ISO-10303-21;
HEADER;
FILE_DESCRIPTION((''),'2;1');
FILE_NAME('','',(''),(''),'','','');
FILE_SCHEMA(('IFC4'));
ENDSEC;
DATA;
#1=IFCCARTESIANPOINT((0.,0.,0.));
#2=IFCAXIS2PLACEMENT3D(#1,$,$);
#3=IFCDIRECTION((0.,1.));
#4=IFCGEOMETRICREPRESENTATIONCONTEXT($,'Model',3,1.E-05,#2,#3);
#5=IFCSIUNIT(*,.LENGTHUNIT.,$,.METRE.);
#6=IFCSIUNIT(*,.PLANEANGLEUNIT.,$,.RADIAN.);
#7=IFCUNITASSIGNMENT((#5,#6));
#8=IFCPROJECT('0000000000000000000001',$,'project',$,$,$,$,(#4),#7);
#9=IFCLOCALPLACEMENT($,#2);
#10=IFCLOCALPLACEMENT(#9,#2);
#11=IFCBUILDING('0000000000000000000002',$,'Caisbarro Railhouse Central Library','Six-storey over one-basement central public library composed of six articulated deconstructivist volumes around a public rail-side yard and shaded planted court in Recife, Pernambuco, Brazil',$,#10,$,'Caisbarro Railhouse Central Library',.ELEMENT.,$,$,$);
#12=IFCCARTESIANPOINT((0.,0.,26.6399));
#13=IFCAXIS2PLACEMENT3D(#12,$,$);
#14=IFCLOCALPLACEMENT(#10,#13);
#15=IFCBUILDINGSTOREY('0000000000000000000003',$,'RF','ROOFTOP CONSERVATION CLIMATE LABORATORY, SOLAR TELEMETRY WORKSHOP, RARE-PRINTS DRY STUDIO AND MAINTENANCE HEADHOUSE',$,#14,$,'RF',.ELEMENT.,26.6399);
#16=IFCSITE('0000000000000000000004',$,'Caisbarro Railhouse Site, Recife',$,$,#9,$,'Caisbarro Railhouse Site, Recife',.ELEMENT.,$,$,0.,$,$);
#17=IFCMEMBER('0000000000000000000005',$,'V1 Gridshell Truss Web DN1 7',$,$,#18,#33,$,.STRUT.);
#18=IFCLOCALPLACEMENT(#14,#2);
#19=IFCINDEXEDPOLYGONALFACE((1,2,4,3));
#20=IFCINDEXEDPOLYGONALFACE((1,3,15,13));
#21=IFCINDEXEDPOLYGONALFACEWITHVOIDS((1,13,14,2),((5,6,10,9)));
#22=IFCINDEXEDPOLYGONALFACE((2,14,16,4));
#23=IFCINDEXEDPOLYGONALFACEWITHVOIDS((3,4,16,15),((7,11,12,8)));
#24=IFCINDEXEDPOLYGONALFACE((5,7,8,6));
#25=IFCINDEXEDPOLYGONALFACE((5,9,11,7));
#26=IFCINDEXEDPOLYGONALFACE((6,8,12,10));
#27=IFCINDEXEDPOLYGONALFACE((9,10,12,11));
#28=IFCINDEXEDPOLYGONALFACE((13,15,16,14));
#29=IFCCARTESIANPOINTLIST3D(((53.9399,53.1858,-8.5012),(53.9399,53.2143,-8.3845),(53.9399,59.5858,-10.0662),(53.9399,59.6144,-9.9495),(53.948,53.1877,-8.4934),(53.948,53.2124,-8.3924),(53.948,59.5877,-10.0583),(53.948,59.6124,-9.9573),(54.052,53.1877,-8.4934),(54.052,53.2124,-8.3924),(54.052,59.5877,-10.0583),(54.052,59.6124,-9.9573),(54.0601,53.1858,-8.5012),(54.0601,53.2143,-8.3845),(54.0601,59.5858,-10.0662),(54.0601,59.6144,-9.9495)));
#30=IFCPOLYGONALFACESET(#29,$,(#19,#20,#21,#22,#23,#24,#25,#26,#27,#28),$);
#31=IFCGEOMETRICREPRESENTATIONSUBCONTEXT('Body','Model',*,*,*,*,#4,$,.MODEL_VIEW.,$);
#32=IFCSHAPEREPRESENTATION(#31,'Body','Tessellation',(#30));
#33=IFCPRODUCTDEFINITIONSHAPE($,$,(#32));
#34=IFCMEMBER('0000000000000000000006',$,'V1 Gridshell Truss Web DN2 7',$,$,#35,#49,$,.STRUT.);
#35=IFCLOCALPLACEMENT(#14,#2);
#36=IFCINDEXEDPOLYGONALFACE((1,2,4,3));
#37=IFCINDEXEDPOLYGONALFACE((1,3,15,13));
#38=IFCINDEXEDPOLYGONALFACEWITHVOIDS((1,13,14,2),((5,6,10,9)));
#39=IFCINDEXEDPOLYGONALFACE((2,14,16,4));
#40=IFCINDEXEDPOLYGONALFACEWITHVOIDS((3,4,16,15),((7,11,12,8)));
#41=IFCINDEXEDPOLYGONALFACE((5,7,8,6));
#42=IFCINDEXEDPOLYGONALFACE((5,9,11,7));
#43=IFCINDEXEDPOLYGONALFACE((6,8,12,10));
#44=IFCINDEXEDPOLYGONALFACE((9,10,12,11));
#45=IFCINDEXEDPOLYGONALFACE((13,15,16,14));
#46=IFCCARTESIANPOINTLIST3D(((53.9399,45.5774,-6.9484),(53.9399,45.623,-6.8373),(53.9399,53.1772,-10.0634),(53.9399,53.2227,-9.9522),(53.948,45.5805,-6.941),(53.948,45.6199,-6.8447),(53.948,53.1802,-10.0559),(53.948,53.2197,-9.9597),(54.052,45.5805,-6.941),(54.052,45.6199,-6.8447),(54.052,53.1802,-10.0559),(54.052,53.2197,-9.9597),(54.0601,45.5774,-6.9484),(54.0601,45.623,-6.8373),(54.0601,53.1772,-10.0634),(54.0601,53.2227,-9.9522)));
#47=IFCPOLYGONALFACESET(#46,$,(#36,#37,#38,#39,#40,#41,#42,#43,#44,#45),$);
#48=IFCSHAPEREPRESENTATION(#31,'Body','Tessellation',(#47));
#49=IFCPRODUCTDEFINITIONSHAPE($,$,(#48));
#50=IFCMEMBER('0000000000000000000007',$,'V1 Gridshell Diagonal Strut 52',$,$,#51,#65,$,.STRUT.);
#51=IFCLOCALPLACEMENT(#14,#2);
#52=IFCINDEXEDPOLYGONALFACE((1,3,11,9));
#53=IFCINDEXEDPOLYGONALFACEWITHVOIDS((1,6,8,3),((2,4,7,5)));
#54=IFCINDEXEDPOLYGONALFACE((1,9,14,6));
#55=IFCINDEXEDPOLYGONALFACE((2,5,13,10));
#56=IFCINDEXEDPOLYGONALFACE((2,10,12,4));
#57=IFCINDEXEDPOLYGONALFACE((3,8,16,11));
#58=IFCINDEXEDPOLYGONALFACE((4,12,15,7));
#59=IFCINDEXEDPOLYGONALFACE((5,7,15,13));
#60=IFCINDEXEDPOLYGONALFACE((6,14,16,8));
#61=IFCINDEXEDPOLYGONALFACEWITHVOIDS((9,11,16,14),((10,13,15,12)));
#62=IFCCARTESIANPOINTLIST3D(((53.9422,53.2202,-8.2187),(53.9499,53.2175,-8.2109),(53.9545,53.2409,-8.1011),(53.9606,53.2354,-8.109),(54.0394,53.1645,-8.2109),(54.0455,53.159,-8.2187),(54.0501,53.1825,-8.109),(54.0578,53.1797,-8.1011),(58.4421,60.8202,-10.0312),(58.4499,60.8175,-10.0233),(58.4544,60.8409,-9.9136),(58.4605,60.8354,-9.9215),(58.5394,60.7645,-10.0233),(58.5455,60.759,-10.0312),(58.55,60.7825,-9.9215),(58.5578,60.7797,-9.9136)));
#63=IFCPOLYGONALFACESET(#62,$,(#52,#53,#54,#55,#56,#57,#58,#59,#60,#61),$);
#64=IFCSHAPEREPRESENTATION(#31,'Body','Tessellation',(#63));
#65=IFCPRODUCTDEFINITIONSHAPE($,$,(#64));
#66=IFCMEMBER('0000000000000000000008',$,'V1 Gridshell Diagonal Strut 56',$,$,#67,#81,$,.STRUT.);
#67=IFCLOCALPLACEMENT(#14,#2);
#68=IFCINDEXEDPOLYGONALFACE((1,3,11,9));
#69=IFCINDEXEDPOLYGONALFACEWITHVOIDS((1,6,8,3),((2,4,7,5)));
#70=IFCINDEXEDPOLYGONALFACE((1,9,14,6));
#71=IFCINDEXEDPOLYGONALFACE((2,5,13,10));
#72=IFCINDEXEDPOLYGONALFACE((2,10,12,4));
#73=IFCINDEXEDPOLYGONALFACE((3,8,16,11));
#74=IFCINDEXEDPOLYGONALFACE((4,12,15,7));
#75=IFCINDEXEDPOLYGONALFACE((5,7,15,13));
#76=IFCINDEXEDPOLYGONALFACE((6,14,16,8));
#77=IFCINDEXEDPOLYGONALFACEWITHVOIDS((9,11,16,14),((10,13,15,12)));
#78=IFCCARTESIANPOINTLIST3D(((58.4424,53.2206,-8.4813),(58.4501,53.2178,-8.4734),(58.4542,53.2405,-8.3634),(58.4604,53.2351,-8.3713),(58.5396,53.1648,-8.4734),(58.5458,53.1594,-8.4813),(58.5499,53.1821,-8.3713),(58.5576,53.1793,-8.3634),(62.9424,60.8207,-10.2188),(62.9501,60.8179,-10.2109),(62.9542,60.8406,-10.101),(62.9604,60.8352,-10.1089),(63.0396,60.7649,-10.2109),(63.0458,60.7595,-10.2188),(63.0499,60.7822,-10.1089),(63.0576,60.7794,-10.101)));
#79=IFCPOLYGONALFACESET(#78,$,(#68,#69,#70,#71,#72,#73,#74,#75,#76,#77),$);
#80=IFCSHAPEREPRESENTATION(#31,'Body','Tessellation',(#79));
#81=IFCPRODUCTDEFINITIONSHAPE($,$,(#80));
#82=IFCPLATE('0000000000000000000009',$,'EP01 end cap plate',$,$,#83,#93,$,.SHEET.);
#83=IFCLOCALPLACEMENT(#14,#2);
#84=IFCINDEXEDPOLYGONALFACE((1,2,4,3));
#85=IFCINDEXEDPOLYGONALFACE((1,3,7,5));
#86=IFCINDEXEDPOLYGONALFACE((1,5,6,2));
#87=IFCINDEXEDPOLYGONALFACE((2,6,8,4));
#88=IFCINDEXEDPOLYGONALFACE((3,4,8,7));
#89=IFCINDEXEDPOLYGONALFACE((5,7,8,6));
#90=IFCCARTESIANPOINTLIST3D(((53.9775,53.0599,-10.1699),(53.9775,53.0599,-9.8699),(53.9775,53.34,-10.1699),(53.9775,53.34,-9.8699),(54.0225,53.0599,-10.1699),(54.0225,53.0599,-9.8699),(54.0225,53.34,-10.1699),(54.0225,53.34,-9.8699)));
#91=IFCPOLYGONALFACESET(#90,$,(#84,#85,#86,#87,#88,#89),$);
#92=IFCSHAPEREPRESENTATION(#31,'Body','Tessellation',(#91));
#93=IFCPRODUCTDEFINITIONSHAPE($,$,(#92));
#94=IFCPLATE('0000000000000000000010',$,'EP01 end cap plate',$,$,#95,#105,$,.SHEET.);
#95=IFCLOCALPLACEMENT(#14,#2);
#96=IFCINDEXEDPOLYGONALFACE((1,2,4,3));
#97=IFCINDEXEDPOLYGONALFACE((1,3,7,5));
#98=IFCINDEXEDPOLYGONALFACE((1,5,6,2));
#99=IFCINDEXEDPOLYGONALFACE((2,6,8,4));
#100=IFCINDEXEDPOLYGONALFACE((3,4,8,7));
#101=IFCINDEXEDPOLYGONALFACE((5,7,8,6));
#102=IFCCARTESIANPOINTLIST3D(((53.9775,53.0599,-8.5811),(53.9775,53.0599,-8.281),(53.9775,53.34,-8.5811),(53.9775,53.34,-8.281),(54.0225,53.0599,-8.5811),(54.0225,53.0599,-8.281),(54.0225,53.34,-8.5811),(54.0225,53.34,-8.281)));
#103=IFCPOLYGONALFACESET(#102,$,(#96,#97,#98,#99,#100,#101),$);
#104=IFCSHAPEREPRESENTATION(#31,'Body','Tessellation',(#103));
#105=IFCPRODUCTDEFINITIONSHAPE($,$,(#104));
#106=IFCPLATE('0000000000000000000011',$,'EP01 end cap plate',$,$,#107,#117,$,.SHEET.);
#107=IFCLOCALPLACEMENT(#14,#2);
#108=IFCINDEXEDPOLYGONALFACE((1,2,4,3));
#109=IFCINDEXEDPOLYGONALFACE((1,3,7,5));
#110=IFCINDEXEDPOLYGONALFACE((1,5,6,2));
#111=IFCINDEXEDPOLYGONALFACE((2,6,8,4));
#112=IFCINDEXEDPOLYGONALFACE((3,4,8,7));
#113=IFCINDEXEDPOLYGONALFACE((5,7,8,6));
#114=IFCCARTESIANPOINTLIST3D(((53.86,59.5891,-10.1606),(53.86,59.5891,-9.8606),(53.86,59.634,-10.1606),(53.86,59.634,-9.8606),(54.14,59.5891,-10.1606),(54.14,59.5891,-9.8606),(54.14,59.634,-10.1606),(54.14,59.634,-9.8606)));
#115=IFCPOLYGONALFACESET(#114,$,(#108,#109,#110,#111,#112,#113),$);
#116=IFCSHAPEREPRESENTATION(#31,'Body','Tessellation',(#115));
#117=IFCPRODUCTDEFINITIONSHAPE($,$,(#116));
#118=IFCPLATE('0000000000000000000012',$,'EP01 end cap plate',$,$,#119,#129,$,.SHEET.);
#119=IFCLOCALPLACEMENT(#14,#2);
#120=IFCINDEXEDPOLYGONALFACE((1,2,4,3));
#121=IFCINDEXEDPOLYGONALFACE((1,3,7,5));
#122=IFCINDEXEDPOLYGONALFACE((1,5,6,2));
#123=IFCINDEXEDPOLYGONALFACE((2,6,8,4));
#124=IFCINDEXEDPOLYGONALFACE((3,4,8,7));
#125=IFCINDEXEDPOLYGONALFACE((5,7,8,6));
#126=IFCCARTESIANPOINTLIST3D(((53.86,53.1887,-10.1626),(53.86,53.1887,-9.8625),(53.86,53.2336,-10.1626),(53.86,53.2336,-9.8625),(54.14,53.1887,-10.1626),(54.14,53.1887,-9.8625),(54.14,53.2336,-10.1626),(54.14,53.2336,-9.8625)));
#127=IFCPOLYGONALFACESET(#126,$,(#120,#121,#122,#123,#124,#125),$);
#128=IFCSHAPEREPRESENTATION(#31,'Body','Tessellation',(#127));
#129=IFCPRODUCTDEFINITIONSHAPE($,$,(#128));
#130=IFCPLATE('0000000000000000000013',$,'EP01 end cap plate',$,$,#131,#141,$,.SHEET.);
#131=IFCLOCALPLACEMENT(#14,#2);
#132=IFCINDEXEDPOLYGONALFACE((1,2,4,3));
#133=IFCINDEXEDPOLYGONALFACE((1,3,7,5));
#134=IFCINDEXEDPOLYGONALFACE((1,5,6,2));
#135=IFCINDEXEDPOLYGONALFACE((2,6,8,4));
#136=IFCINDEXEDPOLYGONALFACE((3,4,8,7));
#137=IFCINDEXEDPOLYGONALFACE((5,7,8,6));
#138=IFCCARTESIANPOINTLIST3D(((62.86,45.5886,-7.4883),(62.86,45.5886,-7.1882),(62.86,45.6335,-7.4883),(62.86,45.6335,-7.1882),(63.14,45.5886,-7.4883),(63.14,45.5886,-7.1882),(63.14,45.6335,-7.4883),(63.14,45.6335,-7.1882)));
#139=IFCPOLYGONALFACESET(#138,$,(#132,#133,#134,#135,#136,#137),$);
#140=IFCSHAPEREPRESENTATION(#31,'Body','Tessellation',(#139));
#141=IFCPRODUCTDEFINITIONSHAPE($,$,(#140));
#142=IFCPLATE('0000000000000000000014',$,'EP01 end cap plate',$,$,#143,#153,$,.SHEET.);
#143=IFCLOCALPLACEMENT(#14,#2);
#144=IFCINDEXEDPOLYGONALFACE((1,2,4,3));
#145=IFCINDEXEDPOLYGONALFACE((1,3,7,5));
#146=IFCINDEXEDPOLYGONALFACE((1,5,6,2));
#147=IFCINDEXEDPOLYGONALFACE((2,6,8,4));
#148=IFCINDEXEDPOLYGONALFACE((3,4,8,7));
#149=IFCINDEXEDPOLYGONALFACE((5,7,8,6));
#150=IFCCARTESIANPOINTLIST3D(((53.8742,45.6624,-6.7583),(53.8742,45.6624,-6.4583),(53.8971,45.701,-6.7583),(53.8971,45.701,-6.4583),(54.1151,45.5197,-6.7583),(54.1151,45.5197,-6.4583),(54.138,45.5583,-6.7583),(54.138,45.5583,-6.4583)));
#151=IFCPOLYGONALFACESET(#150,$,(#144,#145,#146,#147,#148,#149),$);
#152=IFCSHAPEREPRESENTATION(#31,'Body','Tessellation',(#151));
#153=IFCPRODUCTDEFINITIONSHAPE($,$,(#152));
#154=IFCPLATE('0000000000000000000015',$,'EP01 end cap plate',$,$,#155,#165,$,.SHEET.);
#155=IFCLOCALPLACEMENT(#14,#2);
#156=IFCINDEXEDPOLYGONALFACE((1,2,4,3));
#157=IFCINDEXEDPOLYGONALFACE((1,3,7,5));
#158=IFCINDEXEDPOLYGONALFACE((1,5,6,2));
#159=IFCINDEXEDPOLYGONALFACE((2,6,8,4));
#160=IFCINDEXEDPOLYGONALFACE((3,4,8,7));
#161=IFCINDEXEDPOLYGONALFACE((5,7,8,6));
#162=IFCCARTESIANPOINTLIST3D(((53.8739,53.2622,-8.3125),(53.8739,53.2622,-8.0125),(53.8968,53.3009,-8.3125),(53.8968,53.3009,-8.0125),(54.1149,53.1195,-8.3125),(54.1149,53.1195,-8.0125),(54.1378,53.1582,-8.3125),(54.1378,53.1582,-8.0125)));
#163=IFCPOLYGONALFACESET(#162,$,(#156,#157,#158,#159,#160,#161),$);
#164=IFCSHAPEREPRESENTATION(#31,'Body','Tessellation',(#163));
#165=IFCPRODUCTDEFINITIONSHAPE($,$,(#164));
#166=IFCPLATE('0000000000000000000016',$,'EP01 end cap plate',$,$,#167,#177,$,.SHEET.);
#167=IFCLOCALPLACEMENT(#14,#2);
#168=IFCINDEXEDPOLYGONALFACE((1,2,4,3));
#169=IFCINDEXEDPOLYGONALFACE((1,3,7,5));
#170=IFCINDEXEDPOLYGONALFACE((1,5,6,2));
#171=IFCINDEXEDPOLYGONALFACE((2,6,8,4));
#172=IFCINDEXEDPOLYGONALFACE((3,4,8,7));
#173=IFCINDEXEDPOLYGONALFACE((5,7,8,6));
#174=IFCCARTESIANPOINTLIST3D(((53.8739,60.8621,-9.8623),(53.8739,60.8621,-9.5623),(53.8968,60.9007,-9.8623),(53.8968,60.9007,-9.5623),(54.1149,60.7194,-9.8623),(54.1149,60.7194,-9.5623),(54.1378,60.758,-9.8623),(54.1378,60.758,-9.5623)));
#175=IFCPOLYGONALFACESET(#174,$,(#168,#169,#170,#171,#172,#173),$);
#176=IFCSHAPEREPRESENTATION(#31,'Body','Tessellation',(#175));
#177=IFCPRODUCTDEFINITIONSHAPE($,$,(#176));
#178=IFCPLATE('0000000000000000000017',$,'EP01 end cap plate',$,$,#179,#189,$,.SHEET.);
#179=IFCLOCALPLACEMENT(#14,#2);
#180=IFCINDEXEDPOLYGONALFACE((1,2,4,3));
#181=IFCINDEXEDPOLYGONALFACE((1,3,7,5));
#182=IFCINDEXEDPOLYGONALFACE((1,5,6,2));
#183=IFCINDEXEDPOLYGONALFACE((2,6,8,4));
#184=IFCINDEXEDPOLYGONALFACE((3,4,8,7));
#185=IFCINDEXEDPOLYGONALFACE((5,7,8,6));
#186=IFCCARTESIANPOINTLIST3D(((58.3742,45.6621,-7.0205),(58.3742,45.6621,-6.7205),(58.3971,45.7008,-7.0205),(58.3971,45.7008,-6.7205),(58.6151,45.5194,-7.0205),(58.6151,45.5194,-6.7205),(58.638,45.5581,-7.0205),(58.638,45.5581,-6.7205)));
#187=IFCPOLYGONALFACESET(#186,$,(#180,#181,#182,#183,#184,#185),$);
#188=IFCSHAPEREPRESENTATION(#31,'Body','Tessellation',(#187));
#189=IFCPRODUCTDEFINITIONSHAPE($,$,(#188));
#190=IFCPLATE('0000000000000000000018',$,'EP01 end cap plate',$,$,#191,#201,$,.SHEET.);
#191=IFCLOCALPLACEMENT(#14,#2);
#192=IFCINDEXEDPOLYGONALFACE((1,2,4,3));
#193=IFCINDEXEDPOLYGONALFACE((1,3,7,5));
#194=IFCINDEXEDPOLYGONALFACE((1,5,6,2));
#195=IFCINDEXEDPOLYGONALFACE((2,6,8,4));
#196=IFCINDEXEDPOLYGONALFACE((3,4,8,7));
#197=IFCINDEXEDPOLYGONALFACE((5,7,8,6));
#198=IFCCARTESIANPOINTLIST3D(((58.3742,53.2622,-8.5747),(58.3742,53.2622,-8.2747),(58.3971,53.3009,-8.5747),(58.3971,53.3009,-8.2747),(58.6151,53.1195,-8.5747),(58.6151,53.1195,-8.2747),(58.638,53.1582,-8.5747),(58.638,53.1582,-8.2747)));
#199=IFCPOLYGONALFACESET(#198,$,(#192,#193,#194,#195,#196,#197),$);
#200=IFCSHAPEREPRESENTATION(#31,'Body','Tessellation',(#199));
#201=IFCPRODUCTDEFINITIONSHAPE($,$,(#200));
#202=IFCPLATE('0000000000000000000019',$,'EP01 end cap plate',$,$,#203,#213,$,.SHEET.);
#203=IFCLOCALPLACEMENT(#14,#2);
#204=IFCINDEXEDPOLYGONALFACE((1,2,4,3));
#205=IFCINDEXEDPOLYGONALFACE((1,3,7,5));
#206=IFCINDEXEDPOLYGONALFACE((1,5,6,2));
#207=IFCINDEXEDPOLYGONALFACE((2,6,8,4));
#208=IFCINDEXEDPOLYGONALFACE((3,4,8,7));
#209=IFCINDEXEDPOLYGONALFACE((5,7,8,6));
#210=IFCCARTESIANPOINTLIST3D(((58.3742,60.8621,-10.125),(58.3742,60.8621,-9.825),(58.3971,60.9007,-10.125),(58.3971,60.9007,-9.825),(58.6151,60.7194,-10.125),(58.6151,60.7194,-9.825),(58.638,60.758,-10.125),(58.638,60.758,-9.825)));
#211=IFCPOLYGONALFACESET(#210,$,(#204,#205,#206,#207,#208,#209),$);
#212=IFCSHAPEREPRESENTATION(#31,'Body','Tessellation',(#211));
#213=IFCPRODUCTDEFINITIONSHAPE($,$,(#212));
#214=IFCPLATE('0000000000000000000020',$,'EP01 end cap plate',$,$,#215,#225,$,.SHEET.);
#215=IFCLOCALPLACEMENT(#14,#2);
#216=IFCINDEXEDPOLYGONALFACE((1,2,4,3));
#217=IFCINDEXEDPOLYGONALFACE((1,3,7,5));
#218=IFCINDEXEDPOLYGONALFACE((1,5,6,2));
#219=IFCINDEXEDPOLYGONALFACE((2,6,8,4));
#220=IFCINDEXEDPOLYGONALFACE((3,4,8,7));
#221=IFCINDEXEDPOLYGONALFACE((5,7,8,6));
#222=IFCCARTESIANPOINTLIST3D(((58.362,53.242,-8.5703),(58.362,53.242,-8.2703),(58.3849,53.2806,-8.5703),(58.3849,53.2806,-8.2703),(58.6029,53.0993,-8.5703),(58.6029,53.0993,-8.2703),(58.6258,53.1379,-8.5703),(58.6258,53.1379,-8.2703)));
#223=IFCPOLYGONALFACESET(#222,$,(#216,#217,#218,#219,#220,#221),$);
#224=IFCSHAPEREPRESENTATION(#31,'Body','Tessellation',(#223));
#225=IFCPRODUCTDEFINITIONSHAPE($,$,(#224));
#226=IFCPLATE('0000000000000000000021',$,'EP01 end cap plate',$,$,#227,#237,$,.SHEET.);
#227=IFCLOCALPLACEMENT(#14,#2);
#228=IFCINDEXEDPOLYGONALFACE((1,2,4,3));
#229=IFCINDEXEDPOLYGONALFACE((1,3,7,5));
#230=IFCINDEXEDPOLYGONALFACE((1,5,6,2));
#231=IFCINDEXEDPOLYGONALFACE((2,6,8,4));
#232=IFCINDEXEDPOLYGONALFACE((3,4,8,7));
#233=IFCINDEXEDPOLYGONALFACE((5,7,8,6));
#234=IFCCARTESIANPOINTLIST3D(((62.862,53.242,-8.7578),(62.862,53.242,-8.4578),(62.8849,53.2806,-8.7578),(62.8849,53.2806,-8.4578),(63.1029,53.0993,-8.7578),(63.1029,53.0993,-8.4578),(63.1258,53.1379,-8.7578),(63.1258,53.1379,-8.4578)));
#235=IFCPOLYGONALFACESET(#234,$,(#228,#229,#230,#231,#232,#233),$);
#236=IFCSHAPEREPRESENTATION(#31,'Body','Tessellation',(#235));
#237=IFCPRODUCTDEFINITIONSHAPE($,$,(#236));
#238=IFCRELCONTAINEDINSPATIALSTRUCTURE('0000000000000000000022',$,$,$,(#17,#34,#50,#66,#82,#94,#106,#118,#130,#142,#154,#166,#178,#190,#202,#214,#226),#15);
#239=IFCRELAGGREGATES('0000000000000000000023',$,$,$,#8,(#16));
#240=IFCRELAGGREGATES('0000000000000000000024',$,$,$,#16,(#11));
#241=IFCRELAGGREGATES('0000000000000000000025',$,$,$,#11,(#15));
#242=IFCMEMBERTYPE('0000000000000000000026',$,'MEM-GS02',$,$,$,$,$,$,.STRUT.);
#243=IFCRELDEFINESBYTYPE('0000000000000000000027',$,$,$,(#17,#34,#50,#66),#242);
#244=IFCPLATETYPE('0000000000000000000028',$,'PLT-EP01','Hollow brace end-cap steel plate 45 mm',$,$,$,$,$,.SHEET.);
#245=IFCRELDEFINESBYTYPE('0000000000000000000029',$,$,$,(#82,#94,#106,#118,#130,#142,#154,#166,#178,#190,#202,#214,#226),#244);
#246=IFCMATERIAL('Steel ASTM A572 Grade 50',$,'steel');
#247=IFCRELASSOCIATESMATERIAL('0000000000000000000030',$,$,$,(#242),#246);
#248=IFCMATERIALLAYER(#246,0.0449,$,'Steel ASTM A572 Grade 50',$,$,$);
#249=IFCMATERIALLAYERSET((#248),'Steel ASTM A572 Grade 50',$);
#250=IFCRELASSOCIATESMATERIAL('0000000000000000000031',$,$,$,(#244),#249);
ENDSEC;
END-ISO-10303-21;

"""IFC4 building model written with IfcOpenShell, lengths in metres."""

from ifc_helpers import new_model, si_unit, direction, frame, origin, origin_2d, place, context, subcontext, project, spatial, rectangle, hollow_rectangle, extrude, material, layer, layer_set, material_profile, profile_set, type_object, element, save


model = new_model("IFC4")

# Units and contexts
model_context = context("Model", 3, precision=1e-05, world=origin(), true_north=direction((0.0, 1.0)))
body_context = subcontext(model_context, "Body", "Model", "MODEL_VIEW")
ifc_project = project(units=[si_unit("LENGTHUNIT", "METRE"), si_unit("PLANEANGLEUNIT", "RADIAN")], contexts=[model_context])

# Site, building, storey
site_placement = place(None, origin())
site = spatial("IfcSite", under=ifc_project, at=site_placement, Name="Caisbarro Railhouse Site, Recife", LongName="Caisbarro Railhouse Site, Recife", CompositionType="ELEMENT", RefElevation=0.0)
building_placement = place(site_placement, origin())
building = spatial("IfcBuilding", under=site, at=building_placement, Name="Caisbarro Railhouse Central Library", Description="Six-storey over one-basement central public library composed of six articulated deconstructivist volumes around a public rail-side yard and shaded planted court in Recife, Pernambuco, Brazil", LongName="Caisbarro Railhouse Central Library", CompositionType="ELEMENT")
storey_placement = place(building_placement, frame((0.0, 0.0, 26.6399)))
storey = spatial("IfcBuildingStorey", under=building, at=storey_placement, Name="RF", Description="ROOFTOP CONSERVATION CLIMATE LABORATORY, SOLAR TELEMETRY WORKSHOP, RARE-PRINTS DRY STUDIO AND MAINTENANCE HEADHOUSE", LongName="RF", CompositionType="ELEMENT", Elevation=26.6399)

# Shared definitions
ifc_material_1 = material(Name="Steel ASTM A572 Grade 50", Category="steel")

# Members
ifc_material_profile_1 = material_profile(ifc_material_1, hollow_rectangle(XDim=0.1201, YDim=0.1201, WallThickness=0.0081, at=origin_2d()), Name="HSS120X120X8")
ifc_profile_set_1 = profile_set([ifc_material_profile_1], Name="Steel ASTM A572 Grade 50")
member_type_1 = type_object("IfcMemberType", Name="MEM-GS02", PredefinedType="STRUT", material=ifc_profile_set_1)
member_1_placement = place(storey_placement, frame((54.0, 59.6001, -10.0078), z_axis=(0.0, -0.971383, 0.237519), x_axis=(1.0, 0.0, 0.0)))
element("IfcMember", 1, at=member_1_placement, inside=storey, type_object=member_type_1, Name="V1 Gridshell Truss Web DN1 7", PredefinedType="STRUT", context=body_context, shape_type="SweptSolid", body=[
    extrude(hollow_rectangle(XDim=0.1201, YDim=0.1201, WallThickness=0.0081, at=origin_2d()), origin(), (0.0, 0.0, 1.0), 6.5886),
])
member_2_placement = place(storey_placement, frame((54.0, 53.2, -10.0078), z_axis=(0.0, -0.925292, 0.379254), x_axis=(1.0, 0.0, 0.0)))
element("IfcMember", 2, at=member_2_placement, inside=storey, type_object=member_type_1, Name="V1 Gridshell Truss Web DN2 7", PredefinedType="STRUT", context=body_context, shape_type="SweptSolid", body=[
    extrude(hollow_rectangle(XDim=0.1201, YDim=0.1201, WallThickness=0.0081, at=origin_2d()), origin(), (0.0, 0.0, 1.0), 8.2134),
])
member_3_placement = place(storey_placement, frame((54.0, 53.2, -8.1599), z_axis=(0.499087, 0.842913, -0.201021), x_axis=(-0.860478, 0.509487, 0.0)))
element("IfcMember", 3, at=member_3_placement, inside=storey, type_object=member_type_1, Name="V1 Gridshell Diagonal Strut 52", PredefinedType="STRUT", context=body_context, shape_type="SweptSolid", body=[
    extrude(hollow_rectangle(XDim=0.1201, YDim=0.1201, WallThickness=0.0081, at=origin_2d()), origin(), (0.0, 0.0, 1.0), 9.0164),
])
member_4_placement = place(storey_placement, frame((58.5, 53.2, -8.4224), z_axis=(0.499906, 0.844296, -0.193025), x_axis=(-0.860478, 0.509487, 0.0)))
element("IfcMember", 4, at=member_4_placement, inside=storey, type_object=member_type_1, Name="V1 Gridshell Diagonal Strut 56", PredefinedType="STRUT", context=body_context, shape_type="SweptSolid", body=[
    extrude(hollow_rectangle(XDim=0.1201, YDim=0.1201, WallThickness=0.0081, at=origin_2d()), origin(), (0.0, 0.0, 1.0), 9.0017),
])

# Plates
ifc_layer_1 = layer(ifc_material_1, 0.0449, Name="Steel ASTM A572 Grade 50")
ifc_layer_set_1 = layer_set([ifc_layer_1], Name="Steel ASTM A572 Grade 50")
plate_type = type_object("IfcPlateType", Name="PLT-EP01", Description="Hollow brace end-cap steel plate 45 mm", PredefinedType="SHEET", material=ifc_layer_set_1)
for number, where, z_axis, x_axis, name in (
    (5, (54.0, 53.2, -10.1699), (0.0, 0.0, 1.0), (1.0, 0.0, 0.0), "EP01 end cap plate"),
    (6, (54.0, 53.2, -8.5811), (0.0, 0.0, 1.0), (1.0, 0.0, 0.0), "EP01 end cap plate"),
    (7, (54.0, 59.6116, -10.1606), (0.0, 0.0, 1.0), (0.0, -1.0, 0.0), "EP01 end cap plate"),
    (8, (54.0, 53.2112, -10.1626), (0.0, 0.0, 1.0), (0.0, -1.0, 0.0), "EP01 end cap plate"),
    (9, (63.0, 45.6111, -7.4883), (0.0, 0.0, 1.0), (0.0, 1.0, 0.0), "EP01 end cap plate"),
    (10, (54.0061, 45.6104, -6.7583), (0.0, 0.0, 1.0), (0.509492, 0.860475, 0.0), "EP01 end cap plate"),
    (11, (54.0059, 53.2102, -8.3125), (0.0, 0.0, 1.0), (0.509492, 0.860475, 0.0), "EP01 end cap plate"),
    (12, (54.0059, 60.8101, -9.8623), (0.0, 0.0, 1.0), (0.509492, 0.860475, 0.0), "EP01 end cap plate"),
    (13, (58.5061, 45.6101, -7.0205), (0.0, 0.0, 1.0), (0.509492, 0.860475, 0.0), "EP01 end cap plate"),
    (14, (58.5061, 53.2102, -8.5747), (0.0, 0.0, 1.0), (0.509492, 0.860475, 0.0), "EP01 end cap plate"),
    (15, (58.5061, 60.8101, -10.125), (0.0, 0.0, 1.0), (0.509492, 0.860475, 0.0), "EP01 end cap plate"),
    (16, (58.4939, 53.1899, -8.5703), (0.0, 0.0, 1.0), (0.509492, 0.860475, 0.0), "EP01 end cap plate"),
    (17, (62.9939, 53.1899, -8.7578), (0.0, 0.0, 1.0), (0.509492, 0.860475, 0.0), "EP01 end cap plate"),
):
    element("IfcPlate", number, at=place(storey_placement, frame(where, z_axis=z_axis, x_axis=x_axis)), inside=storey, type_object=plate_type, Name=name, PredefinedType="SHEET", context=body_context, shape_type="SweptSolid", body=[
        extrude(rectangle(XDim=0.0449, YDim=0.28, at=origin_2d()), origin(), (0.0, 0.0, 1.0), 0.3),
    ])

save(model, "model.ifc")
